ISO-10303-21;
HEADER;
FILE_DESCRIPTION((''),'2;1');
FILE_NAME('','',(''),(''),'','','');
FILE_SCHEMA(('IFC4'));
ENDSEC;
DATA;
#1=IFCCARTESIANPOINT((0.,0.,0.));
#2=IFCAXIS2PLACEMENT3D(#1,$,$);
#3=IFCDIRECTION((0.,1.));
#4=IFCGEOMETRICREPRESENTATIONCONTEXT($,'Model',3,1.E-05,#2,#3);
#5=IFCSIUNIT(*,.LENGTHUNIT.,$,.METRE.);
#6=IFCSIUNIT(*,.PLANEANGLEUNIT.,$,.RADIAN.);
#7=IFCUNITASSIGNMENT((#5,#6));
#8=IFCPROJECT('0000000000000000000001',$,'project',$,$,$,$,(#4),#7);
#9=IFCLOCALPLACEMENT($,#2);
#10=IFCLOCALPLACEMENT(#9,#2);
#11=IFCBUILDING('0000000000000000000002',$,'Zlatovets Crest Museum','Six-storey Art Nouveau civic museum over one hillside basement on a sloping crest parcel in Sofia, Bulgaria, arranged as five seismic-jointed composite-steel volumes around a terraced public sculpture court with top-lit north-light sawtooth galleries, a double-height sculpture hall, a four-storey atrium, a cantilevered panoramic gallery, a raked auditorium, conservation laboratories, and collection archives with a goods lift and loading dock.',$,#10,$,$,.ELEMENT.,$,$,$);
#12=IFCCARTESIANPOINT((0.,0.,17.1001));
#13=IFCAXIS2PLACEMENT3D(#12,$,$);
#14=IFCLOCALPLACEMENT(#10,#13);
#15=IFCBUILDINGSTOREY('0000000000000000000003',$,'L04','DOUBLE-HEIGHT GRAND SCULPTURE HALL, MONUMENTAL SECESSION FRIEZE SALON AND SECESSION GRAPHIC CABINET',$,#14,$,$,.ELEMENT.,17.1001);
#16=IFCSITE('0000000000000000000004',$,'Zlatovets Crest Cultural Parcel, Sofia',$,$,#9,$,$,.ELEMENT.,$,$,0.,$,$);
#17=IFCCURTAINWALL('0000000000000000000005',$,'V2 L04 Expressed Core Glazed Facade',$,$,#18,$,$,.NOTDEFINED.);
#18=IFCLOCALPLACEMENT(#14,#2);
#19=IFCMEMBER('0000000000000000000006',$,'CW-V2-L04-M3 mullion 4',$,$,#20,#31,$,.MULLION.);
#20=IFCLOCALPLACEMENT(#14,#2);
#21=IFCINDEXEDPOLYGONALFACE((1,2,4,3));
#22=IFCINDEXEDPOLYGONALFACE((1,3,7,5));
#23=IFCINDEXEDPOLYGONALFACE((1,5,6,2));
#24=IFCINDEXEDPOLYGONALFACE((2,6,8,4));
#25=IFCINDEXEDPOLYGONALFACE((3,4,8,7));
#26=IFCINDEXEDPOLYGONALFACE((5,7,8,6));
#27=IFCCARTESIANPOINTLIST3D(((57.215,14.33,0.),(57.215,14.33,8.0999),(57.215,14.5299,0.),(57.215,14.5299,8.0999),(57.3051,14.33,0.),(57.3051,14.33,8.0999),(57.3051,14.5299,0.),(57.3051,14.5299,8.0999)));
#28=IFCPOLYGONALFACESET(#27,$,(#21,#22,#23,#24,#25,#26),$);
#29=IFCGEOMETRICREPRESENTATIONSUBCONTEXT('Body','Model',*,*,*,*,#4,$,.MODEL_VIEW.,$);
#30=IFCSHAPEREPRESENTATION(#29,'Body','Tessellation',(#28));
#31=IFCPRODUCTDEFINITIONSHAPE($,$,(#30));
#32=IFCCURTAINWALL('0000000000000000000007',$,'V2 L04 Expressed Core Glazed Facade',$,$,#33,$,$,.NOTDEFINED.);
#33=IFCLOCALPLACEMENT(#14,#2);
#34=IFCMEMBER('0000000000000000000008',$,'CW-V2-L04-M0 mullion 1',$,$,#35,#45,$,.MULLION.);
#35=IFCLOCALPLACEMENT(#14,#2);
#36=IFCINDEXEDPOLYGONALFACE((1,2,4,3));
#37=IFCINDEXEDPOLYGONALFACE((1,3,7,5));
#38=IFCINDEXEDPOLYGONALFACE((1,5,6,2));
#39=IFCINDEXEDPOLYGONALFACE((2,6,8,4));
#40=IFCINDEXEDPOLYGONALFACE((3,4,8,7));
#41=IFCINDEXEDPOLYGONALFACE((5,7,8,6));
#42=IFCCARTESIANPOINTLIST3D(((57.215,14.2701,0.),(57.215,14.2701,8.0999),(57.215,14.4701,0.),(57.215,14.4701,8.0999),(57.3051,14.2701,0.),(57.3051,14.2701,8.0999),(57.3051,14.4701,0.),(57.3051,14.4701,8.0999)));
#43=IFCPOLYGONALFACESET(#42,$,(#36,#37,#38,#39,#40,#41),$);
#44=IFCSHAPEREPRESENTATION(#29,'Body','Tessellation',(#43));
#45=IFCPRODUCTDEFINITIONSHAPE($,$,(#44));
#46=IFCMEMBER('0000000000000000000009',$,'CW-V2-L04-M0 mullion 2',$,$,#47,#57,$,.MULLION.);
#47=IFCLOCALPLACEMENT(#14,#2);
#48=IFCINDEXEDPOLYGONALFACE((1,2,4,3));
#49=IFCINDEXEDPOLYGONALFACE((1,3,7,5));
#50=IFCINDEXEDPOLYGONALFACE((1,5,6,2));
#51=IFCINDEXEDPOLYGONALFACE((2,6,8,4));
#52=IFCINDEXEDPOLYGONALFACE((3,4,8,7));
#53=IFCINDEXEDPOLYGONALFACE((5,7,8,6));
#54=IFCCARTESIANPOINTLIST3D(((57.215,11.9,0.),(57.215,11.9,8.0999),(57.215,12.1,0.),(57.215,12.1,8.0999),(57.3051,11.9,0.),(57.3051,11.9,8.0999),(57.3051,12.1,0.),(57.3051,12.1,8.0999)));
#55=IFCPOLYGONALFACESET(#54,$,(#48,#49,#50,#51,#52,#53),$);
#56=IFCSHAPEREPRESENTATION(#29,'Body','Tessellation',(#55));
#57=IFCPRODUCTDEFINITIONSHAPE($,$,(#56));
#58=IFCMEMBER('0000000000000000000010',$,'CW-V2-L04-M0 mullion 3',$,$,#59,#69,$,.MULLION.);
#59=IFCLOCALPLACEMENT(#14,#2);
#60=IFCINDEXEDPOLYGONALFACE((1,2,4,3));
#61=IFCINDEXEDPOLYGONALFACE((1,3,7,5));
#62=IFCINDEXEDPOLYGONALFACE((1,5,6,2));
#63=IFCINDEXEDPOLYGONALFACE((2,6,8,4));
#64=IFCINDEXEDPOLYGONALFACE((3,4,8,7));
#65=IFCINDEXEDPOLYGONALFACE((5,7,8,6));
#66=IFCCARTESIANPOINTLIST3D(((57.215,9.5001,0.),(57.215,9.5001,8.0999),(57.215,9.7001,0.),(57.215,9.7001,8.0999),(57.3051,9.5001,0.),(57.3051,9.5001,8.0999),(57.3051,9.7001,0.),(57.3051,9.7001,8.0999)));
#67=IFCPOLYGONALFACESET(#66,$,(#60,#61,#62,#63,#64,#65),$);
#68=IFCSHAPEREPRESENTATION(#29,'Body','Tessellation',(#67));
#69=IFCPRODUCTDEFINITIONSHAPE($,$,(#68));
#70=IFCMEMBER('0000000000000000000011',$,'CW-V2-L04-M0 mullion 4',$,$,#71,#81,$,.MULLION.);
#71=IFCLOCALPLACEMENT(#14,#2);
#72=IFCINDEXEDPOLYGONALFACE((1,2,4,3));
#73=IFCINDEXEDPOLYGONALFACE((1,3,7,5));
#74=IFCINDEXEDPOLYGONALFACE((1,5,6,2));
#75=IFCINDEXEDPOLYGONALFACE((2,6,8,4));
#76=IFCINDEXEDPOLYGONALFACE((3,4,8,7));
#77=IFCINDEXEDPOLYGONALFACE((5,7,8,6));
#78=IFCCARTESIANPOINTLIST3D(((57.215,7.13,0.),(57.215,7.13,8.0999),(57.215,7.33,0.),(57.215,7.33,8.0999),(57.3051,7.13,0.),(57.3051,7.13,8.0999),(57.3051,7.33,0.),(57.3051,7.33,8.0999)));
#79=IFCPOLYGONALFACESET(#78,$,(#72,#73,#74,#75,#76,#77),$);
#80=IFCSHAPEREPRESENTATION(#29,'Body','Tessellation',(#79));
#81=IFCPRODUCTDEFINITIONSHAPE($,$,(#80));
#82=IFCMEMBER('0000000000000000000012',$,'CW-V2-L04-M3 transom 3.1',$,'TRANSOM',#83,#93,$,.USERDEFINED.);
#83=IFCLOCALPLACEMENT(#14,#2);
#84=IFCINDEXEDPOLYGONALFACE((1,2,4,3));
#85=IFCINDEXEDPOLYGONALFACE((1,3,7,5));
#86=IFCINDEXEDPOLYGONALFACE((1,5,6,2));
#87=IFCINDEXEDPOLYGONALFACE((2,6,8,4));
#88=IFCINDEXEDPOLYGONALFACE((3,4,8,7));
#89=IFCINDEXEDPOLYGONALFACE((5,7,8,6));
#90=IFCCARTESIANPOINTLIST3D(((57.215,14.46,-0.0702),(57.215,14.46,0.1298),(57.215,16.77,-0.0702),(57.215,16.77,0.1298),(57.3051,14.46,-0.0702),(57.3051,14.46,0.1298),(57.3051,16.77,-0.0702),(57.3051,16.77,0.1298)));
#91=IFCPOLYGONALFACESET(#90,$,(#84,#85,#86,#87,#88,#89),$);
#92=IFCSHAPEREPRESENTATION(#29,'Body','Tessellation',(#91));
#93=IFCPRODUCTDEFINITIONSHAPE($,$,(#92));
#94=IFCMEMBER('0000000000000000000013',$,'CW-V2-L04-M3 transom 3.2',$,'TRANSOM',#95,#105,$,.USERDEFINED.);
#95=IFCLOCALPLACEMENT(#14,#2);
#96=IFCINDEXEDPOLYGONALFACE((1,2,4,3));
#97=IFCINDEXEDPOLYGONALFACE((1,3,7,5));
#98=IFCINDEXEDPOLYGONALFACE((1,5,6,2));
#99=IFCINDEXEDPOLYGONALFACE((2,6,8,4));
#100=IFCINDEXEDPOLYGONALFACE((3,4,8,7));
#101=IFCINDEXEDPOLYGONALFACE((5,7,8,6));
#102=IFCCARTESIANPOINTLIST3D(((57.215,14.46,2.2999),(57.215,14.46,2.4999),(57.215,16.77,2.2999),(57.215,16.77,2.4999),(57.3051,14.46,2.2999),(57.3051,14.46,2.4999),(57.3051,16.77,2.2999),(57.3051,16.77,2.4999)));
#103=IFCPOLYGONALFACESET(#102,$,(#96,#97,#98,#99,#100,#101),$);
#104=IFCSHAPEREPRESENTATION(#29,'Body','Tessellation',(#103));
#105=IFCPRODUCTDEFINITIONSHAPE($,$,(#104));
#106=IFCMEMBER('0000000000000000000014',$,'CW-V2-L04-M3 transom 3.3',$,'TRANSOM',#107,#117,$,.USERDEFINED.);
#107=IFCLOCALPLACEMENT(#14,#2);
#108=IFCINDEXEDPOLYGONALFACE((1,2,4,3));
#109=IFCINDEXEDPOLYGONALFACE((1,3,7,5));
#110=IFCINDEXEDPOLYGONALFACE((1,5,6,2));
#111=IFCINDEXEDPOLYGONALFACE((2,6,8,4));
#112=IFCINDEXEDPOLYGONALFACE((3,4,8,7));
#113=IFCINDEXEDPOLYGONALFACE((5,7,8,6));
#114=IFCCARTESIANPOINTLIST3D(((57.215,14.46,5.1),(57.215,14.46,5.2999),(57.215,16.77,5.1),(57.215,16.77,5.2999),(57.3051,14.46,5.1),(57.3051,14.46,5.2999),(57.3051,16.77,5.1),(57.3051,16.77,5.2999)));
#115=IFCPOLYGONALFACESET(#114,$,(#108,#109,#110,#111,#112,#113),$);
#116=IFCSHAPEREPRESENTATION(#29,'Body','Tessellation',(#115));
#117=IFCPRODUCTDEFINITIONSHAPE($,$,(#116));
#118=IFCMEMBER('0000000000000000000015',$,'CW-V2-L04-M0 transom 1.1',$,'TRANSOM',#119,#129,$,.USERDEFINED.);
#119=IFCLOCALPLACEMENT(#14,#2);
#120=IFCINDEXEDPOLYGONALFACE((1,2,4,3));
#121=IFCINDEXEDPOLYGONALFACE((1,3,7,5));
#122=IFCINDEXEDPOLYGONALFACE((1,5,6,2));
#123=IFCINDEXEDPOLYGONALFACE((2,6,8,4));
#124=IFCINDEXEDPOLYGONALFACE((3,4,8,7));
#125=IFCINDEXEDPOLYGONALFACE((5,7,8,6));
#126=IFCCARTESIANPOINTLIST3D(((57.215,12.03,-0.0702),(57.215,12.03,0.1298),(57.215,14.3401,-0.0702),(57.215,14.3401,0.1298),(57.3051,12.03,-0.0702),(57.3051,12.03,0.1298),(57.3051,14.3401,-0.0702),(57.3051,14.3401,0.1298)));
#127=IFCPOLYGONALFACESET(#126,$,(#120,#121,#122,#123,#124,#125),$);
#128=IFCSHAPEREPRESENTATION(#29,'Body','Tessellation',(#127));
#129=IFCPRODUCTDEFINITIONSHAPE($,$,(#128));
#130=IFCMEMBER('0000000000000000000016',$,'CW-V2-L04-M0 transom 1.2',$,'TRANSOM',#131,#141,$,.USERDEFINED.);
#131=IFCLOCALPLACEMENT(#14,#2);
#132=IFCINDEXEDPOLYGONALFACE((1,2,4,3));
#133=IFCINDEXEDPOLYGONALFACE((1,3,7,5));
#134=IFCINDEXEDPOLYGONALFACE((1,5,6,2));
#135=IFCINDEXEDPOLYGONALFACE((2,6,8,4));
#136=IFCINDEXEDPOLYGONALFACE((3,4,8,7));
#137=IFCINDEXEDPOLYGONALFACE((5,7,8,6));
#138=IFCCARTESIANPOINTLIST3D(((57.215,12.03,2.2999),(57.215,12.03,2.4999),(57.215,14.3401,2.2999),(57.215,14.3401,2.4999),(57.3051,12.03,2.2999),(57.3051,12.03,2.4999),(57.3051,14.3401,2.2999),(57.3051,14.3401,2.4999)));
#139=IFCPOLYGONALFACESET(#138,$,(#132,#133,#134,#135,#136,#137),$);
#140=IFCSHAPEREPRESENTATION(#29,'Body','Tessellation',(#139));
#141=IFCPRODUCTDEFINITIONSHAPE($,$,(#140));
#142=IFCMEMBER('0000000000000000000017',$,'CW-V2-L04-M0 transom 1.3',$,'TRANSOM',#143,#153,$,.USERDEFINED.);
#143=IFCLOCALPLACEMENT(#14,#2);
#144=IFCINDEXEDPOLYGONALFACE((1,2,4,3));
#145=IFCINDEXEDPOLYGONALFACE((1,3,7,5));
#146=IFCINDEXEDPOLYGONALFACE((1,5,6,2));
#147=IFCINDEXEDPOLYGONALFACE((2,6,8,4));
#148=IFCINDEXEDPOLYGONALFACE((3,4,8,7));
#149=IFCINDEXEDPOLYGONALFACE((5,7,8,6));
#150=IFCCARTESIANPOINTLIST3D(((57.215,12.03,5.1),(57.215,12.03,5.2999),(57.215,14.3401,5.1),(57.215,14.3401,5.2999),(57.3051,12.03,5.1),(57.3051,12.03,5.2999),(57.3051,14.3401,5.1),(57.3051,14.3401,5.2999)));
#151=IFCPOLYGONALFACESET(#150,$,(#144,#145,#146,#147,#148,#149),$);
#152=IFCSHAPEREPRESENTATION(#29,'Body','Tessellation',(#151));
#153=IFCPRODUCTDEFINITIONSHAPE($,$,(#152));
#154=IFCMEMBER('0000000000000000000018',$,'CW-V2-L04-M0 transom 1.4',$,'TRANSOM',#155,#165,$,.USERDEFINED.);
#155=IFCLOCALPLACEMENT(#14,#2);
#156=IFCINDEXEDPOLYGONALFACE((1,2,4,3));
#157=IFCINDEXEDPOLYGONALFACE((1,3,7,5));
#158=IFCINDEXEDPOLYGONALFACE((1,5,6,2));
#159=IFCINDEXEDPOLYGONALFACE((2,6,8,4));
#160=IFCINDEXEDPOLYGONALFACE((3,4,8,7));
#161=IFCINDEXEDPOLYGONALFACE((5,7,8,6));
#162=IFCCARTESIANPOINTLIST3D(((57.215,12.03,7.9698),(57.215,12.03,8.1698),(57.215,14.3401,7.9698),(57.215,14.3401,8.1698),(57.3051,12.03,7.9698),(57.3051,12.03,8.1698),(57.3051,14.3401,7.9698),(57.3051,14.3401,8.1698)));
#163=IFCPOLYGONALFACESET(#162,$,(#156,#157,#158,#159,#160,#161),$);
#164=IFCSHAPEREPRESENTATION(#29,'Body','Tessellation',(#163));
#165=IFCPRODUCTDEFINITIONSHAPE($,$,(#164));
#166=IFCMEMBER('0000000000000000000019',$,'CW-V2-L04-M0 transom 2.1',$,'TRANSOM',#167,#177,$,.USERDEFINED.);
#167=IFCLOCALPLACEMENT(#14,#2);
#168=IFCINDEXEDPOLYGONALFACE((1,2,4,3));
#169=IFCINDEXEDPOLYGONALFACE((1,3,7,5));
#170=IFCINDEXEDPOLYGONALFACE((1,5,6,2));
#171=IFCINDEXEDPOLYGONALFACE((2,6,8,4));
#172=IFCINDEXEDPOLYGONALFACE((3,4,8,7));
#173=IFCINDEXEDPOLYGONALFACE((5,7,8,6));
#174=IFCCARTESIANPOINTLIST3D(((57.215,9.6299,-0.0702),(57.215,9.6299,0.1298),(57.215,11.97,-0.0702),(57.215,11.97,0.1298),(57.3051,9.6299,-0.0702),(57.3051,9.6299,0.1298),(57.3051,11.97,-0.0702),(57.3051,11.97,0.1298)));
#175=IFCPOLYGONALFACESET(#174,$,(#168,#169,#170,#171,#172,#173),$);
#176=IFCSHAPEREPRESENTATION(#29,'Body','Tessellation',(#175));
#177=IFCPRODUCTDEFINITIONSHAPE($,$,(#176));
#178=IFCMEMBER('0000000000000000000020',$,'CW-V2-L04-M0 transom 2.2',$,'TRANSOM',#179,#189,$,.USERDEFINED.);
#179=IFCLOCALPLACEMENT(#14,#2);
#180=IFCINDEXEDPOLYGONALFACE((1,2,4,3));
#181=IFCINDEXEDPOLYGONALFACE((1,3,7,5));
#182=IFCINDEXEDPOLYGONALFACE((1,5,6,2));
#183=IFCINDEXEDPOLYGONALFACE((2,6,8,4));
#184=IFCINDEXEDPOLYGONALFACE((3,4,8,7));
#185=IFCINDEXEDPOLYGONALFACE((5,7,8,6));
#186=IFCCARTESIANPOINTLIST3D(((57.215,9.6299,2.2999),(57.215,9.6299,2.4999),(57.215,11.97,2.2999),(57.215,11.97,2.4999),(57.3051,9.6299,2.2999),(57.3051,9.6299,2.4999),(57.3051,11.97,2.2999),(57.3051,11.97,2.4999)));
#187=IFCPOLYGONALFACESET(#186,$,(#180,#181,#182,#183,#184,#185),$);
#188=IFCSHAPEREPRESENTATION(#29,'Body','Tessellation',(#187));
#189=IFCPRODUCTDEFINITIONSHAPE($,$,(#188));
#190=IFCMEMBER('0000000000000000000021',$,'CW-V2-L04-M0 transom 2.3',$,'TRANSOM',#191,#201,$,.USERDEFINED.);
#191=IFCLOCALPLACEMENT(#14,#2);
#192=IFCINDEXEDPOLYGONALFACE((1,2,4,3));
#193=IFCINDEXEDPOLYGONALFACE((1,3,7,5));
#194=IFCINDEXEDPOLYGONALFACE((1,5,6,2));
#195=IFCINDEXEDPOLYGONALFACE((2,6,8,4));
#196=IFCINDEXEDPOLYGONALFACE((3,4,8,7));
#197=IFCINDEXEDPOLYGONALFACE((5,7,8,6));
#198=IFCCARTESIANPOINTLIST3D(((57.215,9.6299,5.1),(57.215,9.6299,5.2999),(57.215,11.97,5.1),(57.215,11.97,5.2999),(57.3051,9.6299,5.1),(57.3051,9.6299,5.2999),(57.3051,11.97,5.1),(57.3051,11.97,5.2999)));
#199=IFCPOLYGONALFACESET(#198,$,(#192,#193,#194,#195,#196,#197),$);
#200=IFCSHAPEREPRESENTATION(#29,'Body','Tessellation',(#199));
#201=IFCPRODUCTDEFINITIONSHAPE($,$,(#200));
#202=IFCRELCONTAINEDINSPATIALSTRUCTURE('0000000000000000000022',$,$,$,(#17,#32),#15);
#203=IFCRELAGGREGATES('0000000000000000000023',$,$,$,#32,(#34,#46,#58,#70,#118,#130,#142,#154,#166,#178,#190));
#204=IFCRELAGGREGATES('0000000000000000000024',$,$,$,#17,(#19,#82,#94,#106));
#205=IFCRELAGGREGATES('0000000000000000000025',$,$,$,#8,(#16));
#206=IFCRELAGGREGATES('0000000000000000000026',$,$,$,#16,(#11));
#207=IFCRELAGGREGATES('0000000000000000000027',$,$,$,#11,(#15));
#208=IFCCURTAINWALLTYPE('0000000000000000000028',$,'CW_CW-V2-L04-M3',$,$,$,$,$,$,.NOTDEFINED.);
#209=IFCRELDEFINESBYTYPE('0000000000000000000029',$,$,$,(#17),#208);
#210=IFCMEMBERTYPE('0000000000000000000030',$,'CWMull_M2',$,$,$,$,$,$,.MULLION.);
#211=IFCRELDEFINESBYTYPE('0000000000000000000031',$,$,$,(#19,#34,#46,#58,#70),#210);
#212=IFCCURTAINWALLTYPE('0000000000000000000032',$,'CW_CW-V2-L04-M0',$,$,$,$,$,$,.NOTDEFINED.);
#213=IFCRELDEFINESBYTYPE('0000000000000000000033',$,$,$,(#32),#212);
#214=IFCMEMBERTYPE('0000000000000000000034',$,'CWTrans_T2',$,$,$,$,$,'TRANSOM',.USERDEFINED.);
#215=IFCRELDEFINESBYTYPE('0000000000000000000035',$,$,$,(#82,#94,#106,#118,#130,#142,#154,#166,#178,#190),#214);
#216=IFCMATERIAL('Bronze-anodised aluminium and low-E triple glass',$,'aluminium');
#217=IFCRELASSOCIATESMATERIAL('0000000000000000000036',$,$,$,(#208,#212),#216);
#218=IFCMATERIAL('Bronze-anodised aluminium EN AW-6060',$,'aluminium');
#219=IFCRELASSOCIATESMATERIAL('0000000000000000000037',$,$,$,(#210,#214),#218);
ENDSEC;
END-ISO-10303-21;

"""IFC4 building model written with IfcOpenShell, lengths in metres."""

from ifc_helpers import new_model, si_unit, direction, frame, origin, origin_2d, place, context, subcontext, project, spatial, rectangle, extrude, material, material_profile, profile_set, type_object, element, aggregate, save


model = new_model("IFC4")

# Units and contexts
model_context = context("Model", 3, precision=1e-05, world=origin(), true_north=direction((0.0, 1.0)))
body_context = subcontext(model_context, "Body", "Model", "MODEL_VIEW")
ifc_project = project(units=[si_unit("LENGTHUNIT", "METRE"), si_unit("PLANEANGLEUNIT", "RADIAN")], contexts=[model_context])

# Site, building, storey
site_placement = place(None, origin())
site = spatial("IfcSite", under=ifc_project, at=site_placement, Name="Zlatovets Crest Cultural Parcel, Sofia", CompositionType="ELEMENT", RefElevation=0.0)
building_placement = place(site_placement, origin())
building = spatial("IfcBuilding", under=site, at=building_placement, Name="Zlatovets Crest Museum", Description="Six-storey Art Nouveau civic museum over one hillside basement on a sloping crest parcel in Sofia, Bulgaria, arranged as five seismic-jointed composite-steel volumes around a terraced public sculpture court with top-lit north-light sawtooth galleries, a double-height sculpture hall, a four-storey atrium, a cantilevered panoramic gallery, a raked auditorium, conservation laboratories, and collection archives with a goods lift and loading dock.", CompositionType="ELEMENT")
storey_placement = place(building_placement, frame((0.0, 0.0, 17.1001)))
storey = spatial("IfcBuildingStorey", under=building, at=storey_placement, Name="L04", Description="DOUBLE-HEIGHT GRAND SCULPTURE HALL, MONUMENTAL SECESSION FRIEZE SALON AND SECESSION GRAPHIC CABINET", CompositionType="ELEMENT", Elevation=17.1001)

# Curtain wall, member
ifc_material_1 = material(Name="Bronze-anodised aluminium and low-E triple glass", Category="aluminium")
curtain_wall_type_1 = type_object("IfcCurtainWallType", Name="CW_CW-V2-L04-M3", PredefinedType="NOTDEFINED", material=ifc_material_1)
curtain_wall_1_placement = place(storey_placement, origin())
curtain_wall_1 = element("IfcCurtainWall", 1, at=curtain_wall_1_placement, inside=storey, type_object=curtain_wall_type_1, Name="V2 L04 Expressed Core Glazed Facade", PredefinedType="NOTDEFINED")
ifc_material_2 = material(Name="Bronze-anodised aluminium EN AW-6060", Category="aluminium")
ifc_material_profile_1 = material_profile(ifc_material_2, rectangle(XDim=0.0901, YDim=0.2, at=origin_2d()), Name="ALU 90x200")
ifc_profile_set_1 = profile_set([ifc_material_profile_1], Name="Bronze-anodised aluminium EN AW-6060")
member_type_1 = type_object("IfcMemberType", Name="CWMull_M2", PredefinedType="MULLION", material=ifc_profile_set_1)
member_1_placement = place(storey_placement, frame((57.26, 14.4299, 0.0), z_axis=(0.0, 0.0, 1.0), x_axis=(1.0, 0.0, 0.0)))
member_1 = element("IfcMember", 2, at=member_1_placement, type_object=member_type_1, Name="CW-V2-L04-M3 mullion 4", PredefinedType="MULLION", context=body_context, shape_type="SweptSolid", body=[
    extrude(rectangle(XDim=0.0901, YDim=0.2, at=origin_2d()), origin(), (0.0, 0.0, 1.0), 8.0999),
])

# Curtain wall, members
curtain_wall_type_2 = type_object("IfcCurtainWallType", Name="CW_CW-V2-L04-M0", PredefinedType="NOTDEFINED", material=ifc_material_1)
curtain_wall_2_placement = place(storey_placement, origin())
curtain_wall_2 = element("IfcCurtainWall", 3, at=curtain_wall_2_placement, inside=storey, type_object=curtain_wall_type_2, Name="V2 L04 Expressed Core Glazed Facade", PredefinedType="NOTDEFINED")
member_2_placement = place(storey_placement, frame((57.26, 14.3701, 0.0), z_axis=(0.0, 0.0, 1.0), x_axis=(1.0, 0.0, 0.0)))
member_2 = element("IfcMember", 4, at=member_2_placement, type_object=member_type_1, Name="CW-V2-L04-M0 mullion 1", PredefinedType="MULLION", context=body_context, shape_type="SweptSolid", body=[
    extrude(rectangle(XDim=0.0901, YDim=0.2, at=origin_2d()), origin(), (0.0, 0.0, 1.0), 8.0999),
])
member_3_placement = place(storey_placement, frame((57.26, 12.0, 0.0), z_axis=(0.0, 0.0, 1.0), x_axis=(1.0, 0.0, 0.0)))
member_3 = element("IfcMember", 5, at=member_3_placement, type_object=member_type_1, Name="CW-V2-L04-M0 mullion 2", PredefinedType="MULLION", context=body_context, shape_type="SweptSolid", body=[
    extrude(rectangle(XDim=0.0901, YDim=0.2, at=origin_2d()), origin(), (0.0, 0.0, 1.0), 8.0999),
])
member_4_placement = place(storey_placement, frame((57.26, 9.6001, 0.0), z_axis=(0.0, 0.0, 1.0), x_axis=(1.0, 0.0, 0.0)))
member_4 = element("IfcMember", 6, at=member_4_placement, type_object=member_type_1, Name="CW-V2-L04-M0 mullion 3", PredefinedType="MULLION", context=body_context, shape_type="SweptSolid", body=[
    extrude(rectangle(XDim=0.0901, YDim=0.2, at=origin_2d()), origin(), (0.0, 0.0, 1.0), 8.0999),
])
member_5_placement = place(storey_placement, frame((57.26, 7.23, 0.0), z_axis=(0.0, 0.0, 1.0), x_axis=(1.0, 0.0, 0.0)))
member_5 = element("IfcMember", 7, at=member_5_placement, type_object=member_type_1, Name="CW-V2-L04-M0 mullion 4", PredefinedType="MULLION", context=body_context, shape_type="SweptSolid", body=[
    extrude(rectangle(XDim=0.0901, YDim=0.2, at=origin_2d()), origin(), (0.0, 0.0, 1.0), 8.0999),
])

# Members
ifc_material_profile_2 = material_profile(ifc_material_2, rectangle(XDim=0.0901, YDim=0.2, at=origin_2d()), Name="ALU 90x200")
ifc_profile_set_2 = profile_set([ifc_material_profile_2], Name="Bronze-anodised aluminium EN AW-6060")
member_type_2 = type_object("IfcMemberType", Name="CWTrans_T2", ElementType="TRANSOM", PredefinedType="USERDEFINED", material=ifc_profile_set_2)
member_6_placement = place(storey_placement, frame((57.26, 16.77, 0.0298), z_axis=(0.0, -1.0, 0.0), x_axis=(1.0, 0.0, 0.0)))
member_6 = element("IfcMember", 8, at=member_6_placement, type_object=member_type_2, Name="CW-V2-L04-M3 transom 3.1", ObjectType="TRANSOM", PredefinedType="USERDEFINED", context=body_context, shape_type="SweptSolid", body=[
    extrude(rectangle(XDim=0.0901, YDim=0.2, at=origin_2d()), origin(), (0.0, 0.0, 1.0), 2.3101),
])
member_7_placement = place(storey_placement, frame((57.26, 16.77, 2.3999), z_axis=(0.0, -1.0, 0.0), x_axis=(1.0, 0.0, 0.0)))
member_7 = element("IfcMember", 9, at=member_7_placement, type_object=member_type_2, Name="CW-V2-L04-M3 transom 3.2", ObjectType="TRANSOM", PredefinedType="USERDEFINED", context=body_context, shape_type="SweptSolid", body=[
    extrude(rectangle(XDim=0.0901, YDim=0.2, at=origin_2d()), origin(), (0.0, 0.0, 1.0), 2.3101),
])
member_8_placement = place(storey_placement, frame((57.26, 16.77, 5.2), z_axis=(0.0, -1.0, 0.0), x_axis=(1.0, 0.0, 0.0)))
member_8 = element("IfcMember", 10, at=member_8_placement, type_object=member_type_2, Name="CW-V2-L04-M3 transom 3.3", ObjectType="TRANSOM", PredefinedType="USERDEFINED", context=body_context, shape_type="SweptSolid", body=[
    extrude(rectangle(XDim=0.0901, YDim=0.2, at=origin_2d()), origin(), (0.0, 0.0, 1.0), 2.3101),
])
member_9_placement = place(storey_placement, frame((57.26, 14.3401, 0.0298), z_axis=(0.0, -1.0, 0.0), x_axis=(1.0, 0.0, 0.0)))
member_9 = element("IfcMember", 11, at=member_9_placement, type_object=member_type_2, Name="CW-V2-L04-M0 transom 1.1", ObjectType="TRANSOM", PredefinedType="USERDEFINED", context=body_context, shape_type="SweptSolid", body=[
    extrude(rectangle(XDim=0.0901, YDim=0.2, at=origin_2d()), origin(), (0.0, 0.0, 1.0), 2.3101),
])
member_10_placement = place(storey_placement, frame((57.26, 14.3401, 2.3999), z_axis=(0.0, -1.0, 0.0), x_axis=(1.0, 0.0, 0.0)))
member_10 = element("IfcMember", 12, at=member_10_placement, type_object=member_type_2, Name="CW-V2-L04-M0 transom 1.2", ObjectType="TRANSOM", PredefinedType="USERDEFINED", context=body_context, shape_type="SweptSolid", body=[
    extrude(rectangle(XDim=0.0901, YDim=0.2, at=origin_2d()), origin(), (0.0, 0.0, 1.0), 2.3101),
])
member_11_placement = place(storey_placement, frame((57.26, 14.3401, 5.2), z_axis=(0.0, -1.0, 0.0), x_axis=(1.0, 0.0, 0.0)))
member_11 = element("IfcMember", 13, at=member_11_placement, type_object=member_type_2, Name="CW-V2-L04-M0 transom 1.3", ObjectType="TRANSOM", PredefinedType="USERDEFINED", context=body_context, shape_type="SweptSolid", body=[
    extrude(rectangle(XDim=0.0901, YDim=0.2, at=origin_2d()), origin(), (0.0, 0.0, 1.0), 2.3101),
])
member_12_placement = place(storey_placement, frame((57.26, 14.3401, 8.0698), z_axis=(0.0, -1.0, 0.0), x_axis=(1.0, 0.0, 0.0)))
member_12 = element("IfcMember", 14, at=member_12_placement, type_object=member_type_2, Name="CW-V2-L04-M0 transom 1.4", ObjectType="TRANSOM", PredefinedType="USERDEFINED", context=body_context, shape_type="SweptSolid", body=[
    extrude(rectangle(XDim=0.0901, YDim=0.2, at=origin_2d()), origin(), (0.0, 0.0, 1.0), 2.3101),
])
member_13_placement = place(storey_placement, frame((57.26, 11.97, 0.0298), z_axis=(0.0, -1.0, 0.0), x_axis=(1.0, 0.0, 0.0)))
member_13 = element("IfcMember", 15, at=member_13_placement, type_object=member_type_2, Name="CW-V2-L04-M0 transom 2.1", ObjectType="TRANSOM", PredefinedType="USERDEFINED", context=body_context, shape_type="SweptSolid", body=[
    extrude(rectangle(XDim=0.0901, YDim=0.2, at=origin_2d()), origin(), (0.0, 0.0, 1.0), 2.3401),
])
member_14_placement = place(storey_placement, frame((57.26, 11.97, 2.3999), z_axis=(0.0, -1.0, 0.0), x_axis=(1.0, 0.0, 0.0)))
member_14 = element("IfcMember", 16, at=member_14_placement, type_object=member_type_2, Name="CW-V2-L04-M0 transom 2.2", ObjectType="TRANSOM", PredefinedType="USERDEFINED", context=body_context, shape_type="SweptSolid", body=[
    extrude(rectangle(XDim=0.0901, YDim=0.2, at=origin_2d()), origin(), (0.0, 0.0, 1.0), 2.3401),
])
member_15_placement = place(storey_placement, frame((57.26, 11.97, 5.2), z_axis=(0.0, -1.0, 0.0), x_axis=(1.0, 0.0, 0.0)))
member_15 = element("IfcMember", 17, at=member_15_placement, type_object=member_type_2, Name="CW-V2-L04-M0 transom 2.3", ObjectType="TRANSOM", PredefinedType="USERDEFINED", context=body_context, shape_type="SweptSolid", body=[
    extrude(rectangle(XDim=0.0901, YDim=0.2, at=origin_2d()), origin(), (0.0, 0.0, 1.0), 2.3401),
])

aggregate(curtain_wall_2, [member_2, member_3, member_4, member_5, member_9, member_10, member_11, member_12, member_13, member_14, member_15])
aggregate(curtain_wall_1, [member_1, member_6, member_7, member_8])

save(model, "model.ifc")
